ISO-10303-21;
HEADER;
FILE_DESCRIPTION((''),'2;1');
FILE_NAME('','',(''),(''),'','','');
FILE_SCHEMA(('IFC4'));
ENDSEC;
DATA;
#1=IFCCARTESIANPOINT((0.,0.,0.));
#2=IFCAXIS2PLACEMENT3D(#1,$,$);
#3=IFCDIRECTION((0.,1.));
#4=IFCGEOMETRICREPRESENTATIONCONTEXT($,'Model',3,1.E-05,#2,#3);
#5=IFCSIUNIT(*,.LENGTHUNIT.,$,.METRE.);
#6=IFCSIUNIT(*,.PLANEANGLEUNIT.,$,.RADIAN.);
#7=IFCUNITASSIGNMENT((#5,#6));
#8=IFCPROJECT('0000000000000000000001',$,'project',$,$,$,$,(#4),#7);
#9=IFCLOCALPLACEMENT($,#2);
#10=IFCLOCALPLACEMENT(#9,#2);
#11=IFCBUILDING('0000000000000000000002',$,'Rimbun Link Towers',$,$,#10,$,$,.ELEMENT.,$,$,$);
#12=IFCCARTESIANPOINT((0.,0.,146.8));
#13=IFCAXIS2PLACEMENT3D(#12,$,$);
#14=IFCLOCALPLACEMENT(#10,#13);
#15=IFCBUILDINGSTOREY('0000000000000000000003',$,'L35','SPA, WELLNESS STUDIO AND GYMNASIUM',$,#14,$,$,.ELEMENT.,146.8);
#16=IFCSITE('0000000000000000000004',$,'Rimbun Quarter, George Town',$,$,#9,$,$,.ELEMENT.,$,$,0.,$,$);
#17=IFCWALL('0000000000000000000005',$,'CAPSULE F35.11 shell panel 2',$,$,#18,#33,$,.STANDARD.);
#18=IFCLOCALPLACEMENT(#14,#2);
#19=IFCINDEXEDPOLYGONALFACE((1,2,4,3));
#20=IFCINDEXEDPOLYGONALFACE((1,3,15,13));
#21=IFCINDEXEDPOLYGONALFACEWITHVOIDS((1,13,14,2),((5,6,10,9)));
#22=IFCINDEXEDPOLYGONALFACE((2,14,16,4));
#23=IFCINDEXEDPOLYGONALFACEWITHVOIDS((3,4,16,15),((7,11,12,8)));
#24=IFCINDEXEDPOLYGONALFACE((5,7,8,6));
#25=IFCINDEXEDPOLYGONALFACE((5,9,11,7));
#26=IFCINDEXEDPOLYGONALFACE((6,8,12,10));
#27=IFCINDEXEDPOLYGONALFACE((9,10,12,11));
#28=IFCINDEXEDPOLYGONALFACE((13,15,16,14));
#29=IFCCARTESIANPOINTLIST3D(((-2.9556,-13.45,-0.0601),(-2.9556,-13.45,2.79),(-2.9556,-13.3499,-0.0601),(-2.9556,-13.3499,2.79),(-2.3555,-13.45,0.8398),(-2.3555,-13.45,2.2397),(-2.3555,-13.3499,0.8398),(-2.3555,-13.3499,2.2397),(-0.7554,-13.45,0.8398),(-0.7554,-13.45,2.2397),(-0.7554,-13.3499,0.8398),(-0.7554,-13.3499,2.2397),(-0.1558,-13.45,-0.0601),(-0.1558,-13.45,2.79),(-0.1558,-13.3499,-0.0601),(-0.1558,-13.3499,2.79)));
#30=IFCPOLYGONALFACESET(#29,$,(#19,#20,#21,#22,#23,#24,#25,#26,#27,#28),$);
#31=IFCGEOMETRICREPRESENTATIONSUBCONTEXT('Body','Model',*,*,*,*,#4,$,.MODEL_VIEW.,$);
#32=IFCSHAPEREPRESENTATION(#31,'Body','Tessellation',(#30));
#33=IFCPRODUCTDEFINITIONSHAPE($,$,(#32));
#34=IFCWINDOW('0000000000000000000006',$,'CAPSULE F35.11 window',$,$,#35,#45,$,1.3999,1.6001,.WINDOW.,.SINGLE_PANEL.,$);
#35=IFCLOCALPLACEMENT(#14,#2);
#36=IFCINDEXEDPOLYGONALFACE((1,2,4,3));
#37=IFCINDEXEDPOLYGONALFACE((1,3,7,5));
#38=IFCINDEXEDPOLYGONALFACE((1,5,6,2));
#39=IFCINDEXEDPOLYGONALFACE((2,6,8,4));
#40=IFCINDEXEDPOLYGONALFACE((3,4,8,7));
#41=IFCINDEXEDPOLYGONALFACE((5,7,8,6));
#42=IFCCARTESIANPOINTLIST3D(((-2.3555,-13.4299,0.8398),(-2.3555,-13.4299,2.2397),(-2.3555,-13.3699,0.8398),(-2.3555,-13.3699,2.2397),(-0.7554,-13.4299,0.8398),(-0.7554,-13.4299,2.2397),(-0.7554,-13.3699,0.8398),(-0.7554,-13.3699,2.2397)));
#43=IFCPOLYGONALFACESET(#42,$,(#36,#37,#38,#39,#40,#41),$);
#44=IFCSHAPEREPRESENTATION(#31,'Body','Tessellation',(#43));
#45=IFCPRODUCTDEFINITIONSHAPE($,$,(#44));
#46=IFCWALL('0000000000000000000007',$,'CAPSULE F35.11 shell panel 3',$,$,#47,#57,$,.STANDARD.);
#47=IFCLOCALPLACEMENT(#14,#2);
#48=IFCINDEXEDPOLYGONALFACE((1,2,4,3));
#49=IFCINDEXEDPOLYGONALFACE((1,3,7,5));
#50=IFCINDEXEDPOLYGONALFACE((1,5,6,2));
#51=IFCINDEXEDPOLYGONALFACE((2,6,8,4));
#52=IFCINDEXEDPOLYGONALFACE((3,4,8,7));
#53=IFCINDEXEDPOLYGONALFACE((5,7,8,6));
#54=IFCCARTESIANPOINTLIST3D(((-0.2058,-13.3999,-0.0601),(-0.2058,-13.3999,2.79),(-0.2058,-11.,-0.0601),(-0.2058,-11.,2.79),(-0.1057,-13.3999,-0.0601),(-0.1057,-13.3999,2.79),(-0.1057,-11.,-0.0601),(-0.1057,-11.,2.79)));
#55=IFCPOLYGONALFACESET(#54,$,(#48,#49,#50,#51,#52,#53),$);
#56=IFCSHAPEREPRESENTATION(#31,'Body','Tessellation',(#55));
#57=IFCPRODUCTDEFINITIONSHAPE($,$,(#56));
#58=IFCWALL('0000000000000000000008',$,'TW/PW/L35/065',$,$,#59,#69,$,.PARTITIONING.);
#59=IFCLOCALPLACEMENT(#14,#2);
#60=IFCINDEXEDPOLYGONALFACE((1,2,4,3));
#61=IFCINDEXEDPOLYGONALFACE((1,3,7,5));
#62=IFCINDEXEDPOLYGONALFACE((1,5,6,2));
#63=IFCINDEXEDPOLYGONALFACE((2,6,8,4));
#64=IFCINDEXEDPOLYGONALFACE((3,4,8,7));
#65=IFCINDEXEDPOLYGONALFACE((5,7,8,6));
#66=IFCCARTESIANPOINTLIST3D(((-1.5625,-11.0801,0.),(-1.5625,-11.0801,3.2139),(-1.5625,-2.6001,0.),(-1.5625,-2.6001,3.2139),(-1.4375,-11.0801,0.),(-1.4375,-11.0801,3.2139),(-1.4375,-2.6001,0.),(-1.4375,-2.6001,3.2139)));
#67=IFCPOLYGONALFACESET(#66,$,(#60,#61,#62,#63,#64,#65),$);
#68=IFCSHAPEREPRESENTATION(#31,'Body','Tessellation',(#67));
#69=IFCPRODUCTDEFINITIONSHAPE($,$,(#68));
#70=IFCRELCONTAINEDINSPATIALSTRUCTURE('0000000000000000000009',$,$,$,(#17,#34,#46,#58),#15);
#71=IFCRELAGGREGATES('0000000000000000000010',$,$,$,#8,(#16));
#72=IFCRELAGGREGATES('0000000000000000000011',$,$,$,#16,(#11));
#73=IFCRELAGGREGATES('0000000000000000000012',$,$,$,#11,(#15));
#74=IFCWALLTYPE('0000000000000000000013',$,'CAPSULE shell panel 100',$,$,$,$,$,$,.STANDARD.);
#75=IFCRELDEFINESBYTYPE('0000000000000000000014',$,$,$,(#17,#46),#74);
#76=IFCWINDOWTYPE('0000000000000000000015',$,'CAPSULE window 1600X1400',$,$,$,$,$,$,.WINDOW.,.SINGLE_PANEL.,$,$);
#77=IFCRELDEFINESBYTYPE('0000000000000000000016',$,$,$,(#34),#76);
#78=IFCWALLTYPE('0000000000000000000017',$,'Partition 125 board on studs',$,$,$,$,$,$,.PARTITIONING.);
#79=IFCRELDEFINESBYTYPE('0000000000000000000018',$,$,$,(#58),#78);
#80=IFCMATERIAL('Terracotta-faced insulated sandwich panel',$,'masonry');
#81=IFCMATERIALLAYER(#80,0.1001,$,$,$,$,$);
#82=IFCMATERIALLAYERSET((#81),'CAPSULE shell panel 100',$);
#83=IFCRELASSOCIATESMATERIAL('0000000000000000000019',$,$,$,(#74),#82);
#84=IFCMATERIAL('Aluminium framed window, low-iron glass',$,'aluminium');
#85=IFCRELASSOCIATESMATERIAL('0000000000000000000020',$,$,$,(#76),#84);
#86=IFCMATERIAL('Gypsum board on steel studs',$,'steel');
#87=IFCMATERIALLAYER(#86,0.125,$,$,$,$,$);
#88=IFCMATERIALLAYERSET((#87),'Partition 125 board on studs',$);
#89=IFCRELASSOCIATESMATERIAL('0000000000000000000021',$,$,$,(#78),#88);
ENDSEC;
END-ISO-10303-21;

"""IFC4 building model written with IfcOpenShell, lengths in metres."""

from ifc_helpers import new_model, si_unit, direction, frame, frame_2d, origin, place, context, subcontext, project, spatial, rectangle, extrude, material, layer, layer_set, type_object, element, fill, save


model = new_model("IFC4")

# Units and contexts
model_context = context("Model", 3, precision=1e-05, world=origin(), true_north=direction((0.0, 1.0)))
body_context = subcontext(model_context, "Body", "Model", "MODEL_VIEW")
ifc_project = project(units=[si_unit("LENGTHUNIT", "METRE"), si_unit("PLANEANGLEUNIT", "RADIAN")], contexts=[model_context])

# Site, building, storey
site_placement = place(None, origin())
site = spatial("IfcSite", under=ifc_project, at=site_placement, Name="Rimbun Quarter, George Town", CompositionType="ELEMENT", RefElevation=0.0)
building_placement = place(site_placement, origin())
building = spatial("IfcBuilding", under=site, at=building_placement, Name="Rimbun Link Towers", CompositionType="ELEMENT")
storey_placement = place(building_placement, frame((0.0, 0.0, 146.8)))
storey = spatial("IfcBuildingStorey", under=building, at=storey_placement, Name="L35", Description="SPA, WELLNESS STUDIO AND GYMNASIUM", CompositionType="ELEMENT", Elevation=146.8)

# Shared definitions
ifc_material_1 = material(Name="Terracotta-faced insulated sandwich panel", Category="masonry")
ifc_layer_1 = layer(ifc_material_1, 0.1001)
ifc_layer_set_1 = layer_set([ifc_layer_1], Name="CAPSULE shell panel 100")
wall_type_1 = type_object("IfcWallType", Name="CAPSULE shell panel 100", PredefinedType="STANDARD", material=ifc_layer_set_1)

# Wall, opening, window
wall_1_placement = place(storey_placement, frame((-2.9556, -13.3999, -0.0601), z_axis=(0.0, 0.0, 1.0), x_axis=(1.0, 0.0, 0.0)))
wall_1 = element("IfcWall", 1, at=wall_1_placement, inside=storey, type_object=wall_type_1, Name="CAPSULE F35.11 shell panel 2", PredefinedType="STANDARD", context=body_context, shape_type="SweptSolid", body=[
    extrude(rectangle(XDim=2.7998, YDim=0.1001, at=frame_2d((1.3999, 0.0))), origin(), (0.0, 0.0, 1.0), 2.8501),
])
opening_placement = place(wall_1_placement, frame((0.6001, 0.0, 0.8999)))
opening = element("IfcOpeningElement", 2, at=opening_placement, cuts=wall_1, PredefinedType="OPENING", context=body_context, shape_type="SweptSolid", body=[
    extrude(rectangle(XDim=1.6001, YDim=1.3999, at=frame_2d((0.8, 0.7))), frame((0.0, 0.0601, 0.0), z_axis=(0.0, -1.0, 0.0), x_axis=(1.0, 0.0, 0.0)), (0.0, 0.0, 1.0), 0.1201),
])
ifc_material_2 = material(Name="Aluminium framed window, low-iron glass", Category="aluminium")
window_type = type_object("IfcWindowType", Name="CAPSULE window 1600X1400", PartitioningType="SINGLE_PANEL", PredefinedType="WINDOW", material=ifc_material_2)
window_placement = place(opening_placement, origin())
window = element("IfcWindow", 3, at=window_placement, inside=storey, type_object=window_type, Name="CAPSULE F35.11 window", OverallHeight=1.3999, OverallWidth=1.6001, PartitioningType="SINGLE_PANEL", PredefinedType="WINDOW", context=body_context, shape_type="SweptSolid", body=[
    extrude(rectangle(XDim=1.6001, YDim=1.3999, at=frame_2d((0.8, 0.7))), frame((0.0, 0.03, 0.0), z_axis=(0.0, -1.0, 0.0), x_axis=(1.0, 0.0, 0.0)), (0.0, 0.0, 1.0), 0.0601),
])
fill(opening, window)

# Walls
wall_2_placement = place(storey_placement, frame((-0.1558, -13.3999, -0.0601), z_axis=(0.0, 0.0, 1.0), x_axis=(0.0, 1.0, 0.0)))
element("IfcWall", 4, at=wall_2_placement, inside=storey, type_object=wall_type_1, Name="CAPSULE F35.11 shell panel 3", PredefinedType="STANDARD", context=body_context, shape_type="SweptSolid", body=[
    extrude(rectangle(XDim=2.3999, YDim=0.1001, at=frame_2d((1.2, 0.0))), origin(), (0.0, 0.0, 1.0), 2.8501),
])
ifc_material_3 = material(Name="Gypsum board on steel studs", Category="steel")
ifc_layer_2 = layer(ifc_material_3, 0.125)
ifc_layer_set_2 = layer_set([ifc_layer_2], Name="Partition 125 board on studs")
wall_type_2 = type_object("IfcWallType", Name="Partition 125 board on studs", PredefinedType="PARTITIONING", material=ifc_layer_set_2)
wall_3_placement = place(storey_placement, frame((-1.5, -11.0801, 0.0), z_axis=(0.0, 0.0, 1.0), x_axis=(0.0, 1.0, 0.0)))
element("IfcWall", 5, at=wall_3_placement, inside=storey, type_object=wall_type_2, Name="TW/PW/L35/065", PredefinedType="PARTITIONING", context=body_context, shape_type="SweptSolid", body=[
    extrude(rectangle(XDim=8.48, YDim=0.125, at=frame_2d((4.24, 0.0))), origin(), (0.0, 0.0, 1.0), 3.2139),
])

save(model, "model.ifc")
